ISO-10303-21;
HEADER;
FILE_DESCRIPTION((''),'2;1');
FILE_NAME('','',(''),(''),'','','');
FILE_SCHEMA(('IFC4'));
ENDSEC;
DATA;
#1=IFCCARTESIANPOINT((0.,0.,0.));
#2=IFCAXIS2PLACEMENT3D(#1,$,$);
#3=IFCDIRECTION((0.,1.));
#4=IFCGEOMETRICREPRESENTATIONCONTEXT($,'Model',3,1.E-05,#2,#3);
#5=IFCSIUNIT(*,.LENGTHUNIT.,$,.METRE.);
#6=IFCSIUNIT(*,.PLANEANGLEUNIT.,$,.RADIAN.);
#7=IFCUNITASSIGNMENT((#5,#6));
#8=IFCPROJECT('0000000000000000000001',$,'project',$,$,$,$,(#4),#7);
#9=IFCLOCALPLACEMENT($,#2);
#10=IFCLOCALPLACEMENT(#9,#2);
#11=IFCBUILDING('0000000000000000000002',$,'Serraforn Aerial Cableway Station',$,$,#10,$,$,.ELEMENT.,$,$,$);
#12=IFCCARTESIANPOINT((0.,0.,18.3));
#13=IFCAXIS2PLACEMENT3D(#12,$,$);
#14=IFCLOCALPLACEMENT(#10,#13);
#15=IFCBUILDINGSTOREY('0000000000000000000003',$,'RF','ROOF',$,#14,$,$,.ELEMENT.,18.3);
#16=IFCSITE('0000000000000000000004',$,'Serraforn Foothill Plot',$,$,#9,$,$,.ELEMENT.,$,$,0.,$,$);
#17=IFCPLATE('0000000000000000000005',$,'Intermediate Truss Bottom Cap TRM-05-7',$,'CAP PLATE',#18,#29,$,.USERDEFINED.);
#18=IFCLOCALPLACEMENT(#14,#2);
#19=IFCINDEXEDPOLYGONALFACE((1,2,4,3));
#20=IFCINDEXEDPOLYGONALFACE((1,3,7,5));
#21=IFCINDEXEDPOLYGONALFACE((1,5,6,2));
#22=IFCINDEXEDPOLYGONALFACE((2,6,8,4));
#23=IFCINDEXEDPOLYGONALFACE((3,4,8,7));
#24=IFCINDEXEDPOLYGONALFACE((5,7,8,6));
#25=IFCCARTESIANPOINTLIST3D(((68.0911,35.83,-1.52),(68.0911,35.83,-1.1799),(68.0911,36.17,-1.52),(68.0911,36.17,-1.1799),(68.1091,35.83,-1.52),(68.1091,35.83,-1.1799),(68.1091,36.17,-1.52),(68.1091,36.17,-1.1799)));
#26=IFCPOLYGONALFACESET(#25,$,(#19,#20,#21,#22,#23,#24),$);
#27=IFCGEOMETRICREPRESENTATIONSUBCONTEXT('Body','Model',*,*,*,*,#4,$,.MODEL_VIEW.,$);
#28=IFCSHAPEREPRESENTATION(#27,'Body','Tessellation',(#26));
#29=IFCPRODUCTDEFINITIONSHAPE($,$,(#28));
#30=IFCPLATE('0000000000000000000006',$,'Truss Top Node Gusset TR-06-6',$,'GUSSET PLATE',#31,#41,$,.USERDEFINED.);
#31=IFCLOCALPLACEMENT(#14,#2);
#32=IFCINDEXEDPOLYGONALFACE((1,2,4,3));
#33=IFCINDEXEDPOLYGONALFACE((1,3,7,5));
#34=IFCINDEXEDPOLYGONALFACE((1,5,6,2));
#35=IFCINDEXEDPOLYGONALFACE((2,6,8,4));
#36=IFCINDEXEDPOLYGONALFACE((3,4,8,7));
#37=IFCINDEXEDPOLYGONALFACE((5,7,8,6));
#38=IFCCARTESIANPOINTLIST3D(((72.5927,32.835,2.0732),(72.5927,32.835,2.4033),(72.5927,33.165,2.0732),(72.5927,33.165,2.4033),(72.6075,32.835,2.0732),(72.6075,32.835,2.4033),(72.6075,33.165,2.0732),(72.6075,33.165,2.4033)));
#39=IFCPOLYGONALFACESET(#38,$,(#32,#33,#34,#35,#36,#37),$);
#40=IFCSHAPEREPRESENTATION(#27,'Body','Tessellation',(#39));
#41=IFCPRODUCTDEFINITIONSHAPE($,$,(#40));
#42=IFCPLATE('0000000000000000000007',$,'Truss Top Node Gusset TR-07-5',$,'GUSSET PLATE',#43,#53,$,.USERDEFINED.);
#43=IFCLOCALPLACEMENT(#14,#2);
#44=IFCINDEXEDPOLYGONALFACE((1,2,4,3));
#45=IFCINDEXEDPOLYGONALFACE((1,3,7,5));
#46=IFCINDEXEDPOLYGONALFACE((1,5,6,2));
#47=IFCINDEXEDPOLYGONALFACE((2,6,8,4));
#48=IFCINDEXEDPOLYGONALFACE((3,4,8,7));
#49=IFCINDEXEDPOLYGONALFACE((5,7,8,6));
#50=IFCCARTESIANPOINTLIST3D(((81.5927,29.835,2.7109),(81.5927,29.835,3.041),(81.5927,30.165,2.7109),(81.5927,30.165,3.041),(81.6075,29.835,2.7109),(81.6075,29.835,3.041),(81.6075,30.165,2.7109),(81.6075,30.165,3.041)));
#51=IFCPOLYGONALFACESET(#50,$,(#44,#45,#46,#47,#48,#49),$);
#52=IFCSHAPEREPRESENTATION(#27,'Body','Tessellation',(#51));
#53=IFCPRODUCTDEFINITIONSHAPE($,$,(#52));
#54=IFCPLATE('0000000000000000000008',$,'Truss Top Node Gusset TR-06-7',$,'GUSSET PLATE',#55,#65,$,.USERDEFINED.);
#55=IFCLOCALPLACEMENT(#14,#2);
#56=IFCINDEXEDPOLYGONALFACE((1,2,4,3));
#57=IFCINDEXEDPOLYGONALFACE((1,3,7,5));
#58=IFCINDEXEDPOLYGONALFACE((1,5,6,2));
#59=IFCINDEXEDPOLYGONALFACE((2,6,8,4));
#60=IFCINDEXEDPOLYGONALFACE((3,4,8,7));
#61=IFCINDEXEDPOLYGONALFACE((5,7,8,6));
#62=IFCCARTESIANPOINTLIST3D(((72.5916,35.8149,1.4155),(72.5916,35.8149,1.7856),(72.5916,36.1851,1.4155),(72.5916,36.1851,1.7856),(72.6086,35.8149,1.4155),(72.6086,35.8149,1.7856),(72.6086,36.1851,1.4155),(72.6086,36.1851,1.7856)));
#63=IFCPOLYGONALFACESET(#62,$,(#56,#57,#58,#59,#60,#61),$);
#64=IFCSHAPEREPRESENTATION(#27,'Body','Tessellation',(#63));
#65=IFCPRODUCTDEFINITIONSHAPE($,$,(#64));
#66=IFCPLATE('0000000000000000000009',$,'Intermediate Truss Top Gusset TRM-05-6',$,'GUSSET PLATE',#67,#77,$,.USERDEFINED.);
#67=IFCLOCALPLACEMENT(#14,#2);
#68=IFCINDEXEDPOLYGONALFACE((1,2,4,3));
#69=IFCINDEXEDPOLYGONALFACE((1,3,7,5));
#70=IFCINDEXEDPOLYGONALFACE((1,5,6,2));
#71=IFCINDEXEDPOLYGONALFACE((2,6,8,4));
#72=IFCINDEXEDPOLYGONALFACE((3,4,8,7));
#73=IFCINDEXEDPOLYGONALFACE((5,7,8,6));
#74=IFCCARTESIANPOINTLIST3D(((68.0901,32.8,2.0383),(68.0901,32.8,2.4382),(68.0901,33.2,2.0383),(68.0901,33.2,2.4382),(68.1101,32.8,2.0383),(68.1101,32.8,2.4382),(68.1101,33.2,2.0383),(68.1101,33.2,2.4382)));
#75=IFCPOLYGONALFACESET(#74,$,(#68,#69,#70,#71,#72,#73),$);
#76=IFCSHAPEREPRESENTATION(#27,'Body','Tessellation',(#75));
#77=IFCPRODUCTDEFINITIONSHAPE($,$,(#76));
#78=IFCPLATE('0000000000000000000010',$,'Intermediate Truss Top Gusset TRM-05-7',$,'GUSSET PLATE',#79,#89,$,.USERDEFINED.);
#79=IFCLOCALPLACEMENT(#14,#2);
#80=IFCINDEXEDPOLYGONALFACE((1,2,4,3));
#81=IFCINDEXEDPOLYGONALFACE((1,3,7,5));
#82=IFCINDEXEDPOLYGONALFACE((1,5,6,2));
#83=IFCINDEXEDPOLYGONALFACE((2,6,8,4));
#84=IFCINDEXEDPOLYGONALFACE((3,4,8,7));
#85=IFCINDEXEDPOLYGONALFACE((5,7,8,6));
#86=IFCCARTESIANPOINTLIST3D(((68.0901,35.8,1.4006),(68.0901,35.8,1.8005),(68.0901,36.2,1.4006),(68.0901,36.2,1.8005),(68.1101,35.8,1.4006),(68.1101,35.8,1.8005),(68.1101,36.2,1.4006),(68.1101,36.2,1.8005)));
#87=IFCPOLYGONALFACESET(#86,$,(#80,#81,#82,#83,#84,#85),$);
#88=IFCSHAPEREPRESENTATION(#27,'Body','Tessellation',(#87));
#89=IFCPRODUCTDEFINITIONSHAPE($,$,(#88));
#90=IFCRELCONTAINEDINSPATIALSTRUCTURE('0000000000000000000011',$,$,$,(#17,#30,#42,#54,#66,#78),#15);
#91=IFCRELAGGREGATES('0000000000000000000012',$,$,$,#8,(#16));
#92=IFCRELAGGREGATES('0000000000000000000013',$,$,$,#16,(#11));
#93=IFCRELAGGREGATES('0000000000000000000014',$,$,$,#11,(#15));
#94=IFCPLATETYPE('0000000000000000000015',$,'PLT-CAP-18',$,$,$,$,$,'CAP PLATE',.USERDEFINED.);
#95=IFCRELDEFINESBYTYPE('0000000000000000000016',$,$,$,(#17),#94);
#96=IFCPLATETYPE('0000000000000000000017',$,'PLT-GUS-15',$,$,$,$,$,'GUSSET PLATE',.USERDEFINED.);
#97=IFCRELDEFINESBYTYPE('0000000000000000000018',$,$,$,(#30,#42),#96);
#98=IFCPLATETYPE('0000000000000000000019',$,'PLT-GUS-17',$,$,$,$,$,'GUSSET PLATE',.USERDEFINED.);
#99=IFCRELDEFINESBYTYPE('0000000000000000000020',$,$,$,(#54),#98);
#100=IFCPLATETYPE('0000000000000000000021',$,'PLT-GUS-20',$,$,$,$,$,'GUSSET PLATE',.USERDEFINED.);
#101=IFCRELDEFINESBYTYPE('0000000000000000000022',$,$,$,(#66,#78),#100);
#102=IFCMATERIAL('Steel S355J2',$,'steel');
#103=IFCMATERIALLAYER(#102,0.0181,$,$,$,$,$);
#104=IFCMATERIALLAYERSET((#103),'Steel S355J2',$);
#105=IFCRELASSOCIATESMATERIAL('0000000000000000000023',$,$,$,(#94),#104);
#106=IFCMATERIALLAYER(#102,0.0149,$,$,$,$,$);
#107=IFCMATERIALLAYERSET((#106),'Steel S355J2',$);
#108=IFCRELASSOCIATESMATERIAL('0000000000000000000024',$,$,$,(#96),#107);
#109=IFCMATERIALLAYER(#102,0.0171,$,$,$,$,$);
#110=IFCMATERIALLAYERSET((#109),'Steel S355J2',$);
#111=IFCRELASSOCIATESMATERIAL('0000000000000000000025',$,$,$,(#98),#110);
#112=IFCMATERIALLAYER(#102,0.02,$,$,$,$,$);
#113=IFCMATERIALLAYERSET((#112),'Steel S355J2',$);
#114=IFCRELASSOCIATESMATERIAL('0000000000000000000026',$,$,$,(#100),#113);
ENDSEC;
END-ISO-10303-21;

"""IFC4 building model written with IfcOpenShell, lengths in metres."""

from ifc_helpers import new_model, si_unit, direction, frame, origin, origin_2d, place, context, subcontext, project, spatial, rectangle, extrude, material, layer, layer_set, type_object, element, save


model = new_model("IFC4")

# Units and contexts
model_context = context("Model", 3, precision=1e-05, world=origin(), true_north=direction((0.0, 1.0)))
body_context = subcontext(model_context, "Body", "Model", "MODEL_VIEW")
ifc_project = project(units=[si_unit("LENGTHUNIT", "METRE"), si_unit("PLANEANGLEUNIT", "RADIAN")], contexts=[model_context])

# Site, building, storey
site_placement = place(None, origin())
site = spatial("IfcSite", under=ifc_project, at=site_placement, Name="Serraforn Foothill Plot", CompositionType="ELEMENT", RefElevation=0.0)
building_placement = place(site_placement, origin())
building = spatial("IfcBuilding", under=site, at=building_placement, Name="Serraforn Aerial Cableway Station", CompositionType="ELEMENT")
storey_placement = place(building_placement, frame((0.0, 0.0, 18.3)))
storey = spatial("IfcBuildingStorey", under=building, at=storey_placement, Name="RF", Description="ROOF", CompositionType="ELEMENT", Elevation=18.3)

# Shared definitions
ifc_material_1 = material(Name="Steel S355J2", Category="steel")

# Plates
ifc_layer_1 = layer(ifc_material_1, 0.0181)
ifc_layer_set_1 = layer_set([ifc_layer_1], Name="Steel S355J2")
plate_type_1 = type_object("IfcPlateType", Name="PLT-CAP-18", ElementType="CAP PLATE", PredefinedType="USERDEFINED", material=ifc_layer_set_1)
for number, where, z_axis, x_axis, name in (
    (1, (68.1001, 36.0, -1.52), (0.0, 0.0, 1.0), (1.0, 0.0, 0.0), "Intermediate Truss Bottom Cap TRM-05-7"),
):
    element("IfcPlate", number, at=place(storey_placement, frame(where, z_axis=z_axis, x_axis=x_axis)), inside=storey, type_object=plate_type_1, Name=name, ObjectType="CAP PLATE", PredefinedType="USERDEFINED", context=body_context, shape_type="SweptSolid", body=[
        extrude(rectangle(XDim=0.0181, YDim=0.3401, at=origin_2d()), origin(), (0.0, 0.0, 1.0), 0.3401),
    ])
ifc_layer_2 = layer(ifc_material_1, 0.0149)
ifc_layer_set_2 = layer_set([ifc_layer_2], Name="Steel S355J2")
plate_type_2 = type_object("IfcPlateType", Name="PLT-GUS-15", ElementType="GUSSET PLATE", PredefinedType="USERDEFINED", material=ifc_layer_set_2)
for number, where, z_axis, x_axis, name in (
    (2, (72.6001, 33.0, 2.0732), (0.0, 0.0, 1.0), (1.0, 0.0, 0.0), "Truss Top Node Gusset TR-06-6"),
    (3, (81.6001, 30.0, 2.7109), (0.0, 0.0, 1.0), (1.0, 0.0, 0.0), "Truss Top Node Gusset TR-07-5"),
):
    element("IfcPlate", number, at=place(storey_placement, frame(where, z_axis=z_axis, x_axis=x_axis)), inside=storey, type_object=plate_type_2, Name=name, ObjectType="GUSSET PLATE", PredefinedType="USERDEFINED", context=body_context, shape_type="SweptSolid", body=[
        extrude(rectangle(XDim=0.0149, YDim=0.3301, at=origin_2d()), origin(), (0.0, 0.0, 1.0), 0.3301),
    ])
ifc_layer_3 = layer(ifc_material_1, 0.0171)
ifc_layer_set_3 = layer_set([ifc_layer_3], Name="Steel S355J2")
plate_type_3 = type_object("IfcPlateType", Name="PLT-GUS-17", ElementType="GUSSET PLATE", PredefinedType="USERDEFINED", material=ifc_layer_set_3)
plate_placement = place(storey_placement, frame((72.6001, 36.0, 1.4155), z_axis=(0.0, 0.0, 1.0), x_axis=(1.0, 0.0, 0.0)))
element("IfcPlate", 4, at=plate_placement, inside=storey, type_object=plate_type_3, Name="Truss Top Node Gusset TR-06-7", ObjectType="GUSSET PLATE", PredefinedType="USERDEFINED", context=body_context, shape_type="SweptSolid", body=[
    extrude(rectangle(XDim=0.0171, YDim=0.3701, at=origin_2d()), origin(), (0.0, 0.0, 1.0), 0.3701),
])
ifc_layer_4 = layer(ifc_material_1, 0.02)
ifc_layer_set_4 = layer_set([ifc_layer_4], Name="Steel S355J2")
plate_type_4 = type_object("IfcPlateType", Name="PLT-GUS-20", ElementType="GUSSET PLATE", PredefinedType="USERDEFINED", material=ifc_layer_set_4)
for number, where, z_axis, x_axis, name in (
    (5, (68.1001, 33.0, 2.0383), (0.0, 0.0, 1.0), (1.0, 0.0, 0.0), "Intermediate Truss Top Gusset TRM-05-6"),
    (6, (68.1001, 36.0, 1.4006), (0.0, 0.0, 1.0), (1.0, 0.0, 0.0), "Intermediate Truss Top Gusset TRM-05-7"),
):
    element("IfcPlate", number, at=place(storey_placement, frame(where, z_axis=z_axis, x_axis=x_axis)), inside=storey, type_object=plate_type_4, Name=name, ObjectType="GUSSET PLATE", PredefinedType="USERDEFINED", context=body_context, shape_type="SweptSolid", body=[
        extrude(rectangle(XDim=0.02, YDim=0.3999, at=origin_2d()), origin(), (0.0, 0.0, 1.0), 0.3999),
    ])

save(model, "model.ifc")
